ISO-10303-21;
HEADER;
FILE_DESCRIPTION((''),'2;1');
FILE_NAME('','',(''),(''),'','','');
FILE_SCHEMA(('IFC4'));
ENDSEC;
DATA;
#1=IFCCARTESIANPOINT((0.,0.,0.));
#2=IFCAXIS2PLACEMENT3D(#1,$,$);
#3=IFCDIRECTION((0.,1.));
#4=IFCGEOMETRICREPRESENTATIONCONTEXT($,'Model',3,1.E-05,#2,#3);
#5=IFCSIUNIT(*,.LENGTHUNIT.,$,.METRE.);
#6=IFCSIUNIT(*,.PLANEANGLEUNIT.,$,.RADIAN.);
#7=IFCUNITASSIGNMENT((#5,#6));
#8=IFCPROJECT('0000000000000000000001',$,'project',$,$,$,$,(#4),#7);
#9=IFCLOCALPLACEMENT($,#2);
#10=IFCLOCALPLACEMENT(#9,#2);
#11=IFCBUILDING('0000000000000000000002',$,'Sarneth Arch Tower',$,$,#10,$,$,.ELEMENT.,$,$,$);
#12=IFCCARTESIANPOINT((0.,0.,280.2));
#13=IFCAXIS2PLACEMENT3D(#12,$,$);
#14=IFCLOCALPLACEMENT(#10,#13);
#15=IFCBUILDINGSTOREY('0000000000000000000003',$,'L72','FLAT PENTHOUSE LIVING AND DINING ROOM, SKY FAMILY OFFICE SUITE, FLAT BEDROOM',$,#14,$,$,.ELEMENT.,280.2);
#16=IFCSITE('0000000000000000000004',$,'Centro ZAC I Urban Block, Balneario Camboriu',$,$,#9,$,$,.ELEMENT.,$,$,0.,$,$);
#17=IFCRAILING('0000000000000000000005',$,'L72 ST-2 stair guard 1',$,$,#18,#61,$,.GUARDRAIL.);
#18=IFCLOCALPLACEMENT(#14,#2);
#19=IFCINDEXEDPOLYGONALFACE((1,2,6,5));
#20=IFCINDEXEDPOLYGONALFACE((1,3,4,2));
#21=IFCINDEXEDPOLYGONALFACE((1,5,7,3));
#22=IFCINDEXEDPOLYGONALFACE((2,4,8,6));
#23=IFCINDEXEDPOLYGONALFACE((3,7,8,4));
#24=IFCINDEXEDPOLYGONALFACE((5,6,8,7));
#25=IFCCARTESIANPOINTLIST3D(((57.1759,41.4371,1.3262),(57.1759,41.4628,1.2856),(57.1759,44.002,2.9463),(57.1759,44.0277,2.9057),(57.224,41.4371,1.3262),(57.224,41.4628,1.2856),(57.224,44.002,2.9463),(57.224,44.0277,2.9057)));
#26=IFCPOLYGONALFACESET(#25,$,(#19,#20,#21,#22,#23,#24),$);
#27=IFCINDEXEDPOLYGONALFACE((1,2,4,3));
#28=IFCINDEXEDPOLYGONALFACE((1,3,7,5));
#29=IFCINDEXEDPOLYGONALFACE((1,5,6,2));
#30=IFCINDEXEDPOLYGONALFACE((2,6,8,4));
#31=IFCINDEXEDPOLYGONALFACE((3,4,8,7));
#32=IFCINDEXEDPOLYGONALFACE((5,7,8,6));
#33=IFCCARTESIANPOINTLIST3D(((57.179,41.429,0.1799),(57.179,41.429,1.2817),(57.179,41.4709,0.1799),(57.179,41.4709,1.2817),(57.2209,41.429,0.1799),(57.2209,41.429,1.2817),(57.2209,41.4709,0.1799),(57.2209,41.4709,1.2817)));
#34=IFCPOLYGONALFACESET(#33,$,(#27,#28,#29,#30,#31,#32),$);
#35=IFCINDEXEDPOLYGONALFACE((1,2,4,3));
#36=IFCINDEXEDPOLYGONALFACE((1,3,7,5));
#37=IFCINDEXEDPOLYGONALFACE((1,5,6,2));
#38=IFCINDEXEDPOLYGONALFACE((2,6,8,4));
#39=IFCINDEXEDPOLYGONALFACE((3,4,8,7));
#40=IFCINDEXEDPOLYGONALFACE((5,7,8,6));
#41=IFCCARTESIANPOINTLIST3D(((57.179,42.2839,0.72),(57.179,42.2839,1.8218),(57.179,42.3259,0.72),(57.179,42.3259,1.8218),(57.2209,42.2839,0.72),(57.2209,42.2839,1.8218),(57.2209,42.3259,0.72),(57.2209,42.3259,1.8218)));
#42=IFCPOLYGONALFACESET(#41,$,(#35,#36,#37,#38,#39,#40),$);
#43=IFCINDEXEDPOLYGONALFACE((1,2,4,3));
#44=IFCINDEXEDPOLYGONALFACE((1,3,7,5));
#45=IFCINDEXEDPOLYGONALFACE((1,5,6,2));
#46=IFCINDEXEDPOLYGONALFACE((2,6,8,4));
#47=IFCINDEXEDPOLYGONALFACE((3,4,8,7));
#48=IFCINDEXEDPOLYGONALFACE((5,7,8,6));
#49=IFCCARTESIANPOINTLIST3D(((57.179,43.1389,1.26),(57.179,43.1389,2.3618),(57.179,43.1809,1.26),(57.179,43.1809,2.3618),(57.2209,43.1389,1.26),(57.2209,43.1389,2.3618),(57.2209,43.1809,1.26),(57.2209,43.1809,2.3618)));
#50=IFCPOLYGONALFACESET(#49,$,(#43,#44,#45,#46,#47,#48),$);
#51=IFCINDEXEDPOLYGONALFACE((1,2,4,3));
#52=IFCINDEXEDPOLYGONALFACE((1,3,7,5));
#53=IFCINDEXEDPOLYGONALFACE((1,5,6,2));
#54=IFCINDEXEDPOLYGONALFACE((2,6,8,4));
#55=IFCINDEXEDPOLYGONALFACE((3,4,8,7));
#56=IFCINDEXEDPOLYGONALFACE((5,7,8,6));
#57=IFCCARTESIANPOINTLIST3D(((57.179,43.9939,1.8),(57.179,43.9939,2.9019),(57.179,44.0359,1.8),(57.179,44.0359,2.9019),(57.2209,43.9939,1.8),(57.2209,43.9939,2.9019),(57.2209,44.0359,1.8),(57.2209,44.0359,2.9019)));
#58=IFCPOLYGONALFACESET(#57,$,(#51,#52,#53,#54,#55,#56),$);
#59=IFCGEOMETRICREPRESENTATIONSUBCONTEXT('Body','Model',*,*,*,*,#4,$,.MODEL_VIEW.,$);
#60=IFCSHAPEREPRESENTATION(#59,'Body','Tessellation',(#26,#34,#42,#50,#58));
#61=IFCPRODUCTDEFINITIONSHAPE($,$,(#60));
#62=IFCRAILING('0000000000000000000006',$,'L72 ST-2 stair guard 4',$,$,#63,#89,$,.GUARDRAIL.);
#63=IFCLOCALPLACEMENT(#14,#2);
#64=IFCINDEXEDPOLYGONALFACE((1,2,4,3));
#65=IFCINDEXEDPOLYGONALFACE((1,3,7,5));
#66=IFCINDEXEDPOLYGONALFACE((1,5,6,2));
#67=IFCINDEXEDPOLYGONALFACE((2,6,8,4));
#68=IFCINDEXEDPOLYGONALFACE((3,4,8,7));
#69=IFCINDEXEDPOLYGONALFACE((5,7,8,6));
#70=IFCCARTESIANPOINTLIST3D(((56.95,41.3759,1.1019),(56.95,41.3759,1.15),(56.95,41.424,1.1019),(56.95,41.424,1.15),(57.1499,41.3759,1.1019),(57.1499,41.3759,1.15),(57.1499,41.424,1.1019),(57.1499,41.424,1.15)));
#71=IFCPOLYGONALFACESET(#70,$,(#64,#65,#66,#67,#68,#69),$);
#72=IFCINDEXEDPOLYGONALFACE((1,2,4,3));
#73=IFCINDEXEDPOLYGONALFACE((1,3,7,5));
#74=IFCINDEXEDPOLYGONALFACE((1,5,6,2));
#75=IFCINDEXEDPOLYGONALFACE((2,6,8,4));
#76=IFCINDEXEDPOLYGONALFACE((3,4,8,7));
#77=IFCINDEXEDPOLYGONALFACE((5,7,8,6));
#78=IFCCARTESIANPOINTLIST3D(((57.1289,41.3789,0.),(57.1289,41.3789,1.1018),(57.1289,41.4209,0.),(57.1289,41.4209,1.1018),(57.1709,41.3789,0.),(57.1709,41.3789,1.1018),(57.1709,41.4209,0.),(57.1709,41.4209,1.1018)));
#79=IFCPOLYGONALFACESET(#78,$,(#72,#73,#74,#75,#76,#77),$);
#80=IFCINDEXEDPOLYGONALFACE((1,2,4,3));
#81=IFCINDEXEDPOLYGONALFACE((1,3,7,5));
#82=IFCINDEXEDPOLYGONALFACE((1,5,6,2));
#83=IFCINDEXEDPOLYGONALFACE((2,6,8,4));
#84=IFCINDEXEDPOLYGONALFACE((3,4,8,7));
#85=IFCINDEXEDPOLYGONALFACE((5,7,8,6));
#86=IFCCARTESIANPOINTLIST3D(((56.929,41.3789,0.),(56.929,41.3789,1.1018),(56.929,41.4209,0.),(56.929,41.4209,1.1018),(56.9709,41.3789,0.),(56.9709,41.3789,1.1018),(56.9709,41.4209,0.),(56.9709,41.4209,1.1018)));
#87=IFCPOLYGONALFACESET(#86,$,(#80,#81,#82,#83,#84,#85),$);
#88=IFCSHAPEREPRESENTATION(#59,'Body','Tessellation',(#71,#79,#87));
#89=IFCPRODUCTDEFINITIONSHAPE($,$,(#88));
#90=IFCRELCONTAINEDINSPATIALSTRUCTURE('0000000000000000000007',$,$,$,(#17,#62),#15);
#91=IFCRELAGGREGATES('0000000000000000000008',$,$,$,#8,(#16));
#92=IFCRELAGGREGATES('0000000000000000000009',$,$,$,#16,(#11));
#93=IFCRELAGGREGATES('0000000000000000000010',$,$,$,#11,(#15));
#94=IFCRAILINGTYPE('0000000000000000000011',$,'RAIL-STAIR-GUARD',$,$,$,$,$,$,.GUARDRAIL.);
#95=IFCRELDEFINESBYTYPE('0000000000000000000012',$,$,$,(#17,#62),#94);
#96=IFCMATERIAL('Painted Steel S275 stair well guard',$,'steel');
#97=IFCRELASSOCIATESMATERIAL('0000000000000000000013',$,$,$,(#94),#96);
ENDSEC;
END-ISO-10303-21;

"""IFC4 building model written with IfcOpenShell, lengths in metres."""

from ifc_helpers import new_model, si_unit, direction, frame, origin, origin_2d, place, context, subcontext, project, spatial, rectangle, extrude, material, type_object, element, save


model = new_model("IFC4")

# Units and contexts
model_context = context("Model", 3, precision=1e-05, world=origin(), true_north=direction((0.0, 1.0)))
body_context = subcontext(model_context, "Body", "Model", "MODEL_VIEW")
ifc_project = project(units=[si_unit("LENGTHUNIT", "METRE"), si_unit("PLANEANGLEUNIT", "RADIAN")], contexts=[model_context])

# Site, building, storey
site_placement = place(None, origin())
site = spatial("IfcSite", under=ifc_project, at=site_placement, Name="Centro ZAC I Urban Block, Balneario Camboriu", CompositionType="ELEMENT", RefElevation=0.0)
building_placement = place(site_placement, origin())
building = spatial("IfcBuilding", under=site, at=building_placement, Name="Sarneth Arch Tower", CompositionType="ELEMENT")
storey_placement = place(building_placement, frame((0.0, 0.0, 280.2)))
storey = spatial("IfcBuildingStorey", under=building, at=storey_placement, Name="L72", Description="FLAT PENTHOUSE LIVING AND DINING ROOM, SKY FAMILY OFFICE SUITE, FLAT BEDROOM", CompositionType="ELEMENT", Elevation=280.2)

# Railings
ifc_material_1 = material(Name="Painted Steel S275 stair well guard", Category="steel")
railing_type_1 = type_object("IfcRailingType", Name="RAIL-STAIR-GUARD", PredefinedType="GUARDRAIL", material=ifc_material_1)
railing_1_placement = place(storey_placement, frame((57.2, 41.45, 0.1799)))
element("IfcRailing", 1, at=railing_1_placement, inside=storey, type_object=railing_type_1, Name="L72 ST-2 stair guard 1", PredefinedType="GUARDRAIL", context=body_context, shape_type="SweptSolid", body=[
    extrude(rectangle(XDim=0.0481, YDim=0.0481, at=origin_2d()), frame((0.0, 0.0, 1.126), z_axis=(0.0, 0.845466, 0.534029), x_axis=(-1.0, 0.0, 0.0)), (0.0, 0.0, 1.0), 3.0337),
    extrude(rectangle(XDim=0.042, YDim=0.042, at=origin_2d()), origin(), (0.0, 0.0, 1.0), 1.1018),
    extrude(rectangle(XDim=0.042, YDim=0.042, at=origin_2d()), frame((0.0, 0.855, 0.54)), (0.0, 0.0, 1.0), 1.1018),
    extrude(rectangle(XDim=0.042, YDim=0.042, at=origin_2d()), frame((0.0, 1.71, 1.0801)), (0.0, 0.0, 1.0), 1.1018),
    extrude(rectangle(XDim=0.042, YDim=0.042, at=origin_2d()), frame((0.0, 2.5649, 1.6201)), (0.0, 0.0, 1.0), 1.1018),
])
railing_2_placement = place(storey_placement, frame((57.1499, 41.3999, 0.0)))
element("IfcRailing", 2, at=railing_2_placement, inside=storey, type_object=railing_type_1, Name="L72 ST-2 stair guard 4", PredefinedType="GUARDRAIL", context=body_context, shape_type="SweptSolid", body=[
    extrude(rectangle(XDim=0.0481, YDim=0.0481, at=origin_2d()), frame((0.0, 0.0, 1.126), z_axis=(-1.0, 0.0, 0.0), x_axis=(0.0, -1.0, 0.0)), (0.0, 0.0, 1.0), 0.2),
    extrude(rectangle(XDim=0.042, YDim=0.042, at=origin_2d()), origin(), (0.0, 0.0, 1.0), 1.1018),
    extrude(rectangle(XDim=0.042, YDim=0.042, at=origin_2d()), frame((-0.2, 0.0, 0.0)), (0.0, 0.0, 1.0), 1.1018),
])

save(model, "model.ifc")
